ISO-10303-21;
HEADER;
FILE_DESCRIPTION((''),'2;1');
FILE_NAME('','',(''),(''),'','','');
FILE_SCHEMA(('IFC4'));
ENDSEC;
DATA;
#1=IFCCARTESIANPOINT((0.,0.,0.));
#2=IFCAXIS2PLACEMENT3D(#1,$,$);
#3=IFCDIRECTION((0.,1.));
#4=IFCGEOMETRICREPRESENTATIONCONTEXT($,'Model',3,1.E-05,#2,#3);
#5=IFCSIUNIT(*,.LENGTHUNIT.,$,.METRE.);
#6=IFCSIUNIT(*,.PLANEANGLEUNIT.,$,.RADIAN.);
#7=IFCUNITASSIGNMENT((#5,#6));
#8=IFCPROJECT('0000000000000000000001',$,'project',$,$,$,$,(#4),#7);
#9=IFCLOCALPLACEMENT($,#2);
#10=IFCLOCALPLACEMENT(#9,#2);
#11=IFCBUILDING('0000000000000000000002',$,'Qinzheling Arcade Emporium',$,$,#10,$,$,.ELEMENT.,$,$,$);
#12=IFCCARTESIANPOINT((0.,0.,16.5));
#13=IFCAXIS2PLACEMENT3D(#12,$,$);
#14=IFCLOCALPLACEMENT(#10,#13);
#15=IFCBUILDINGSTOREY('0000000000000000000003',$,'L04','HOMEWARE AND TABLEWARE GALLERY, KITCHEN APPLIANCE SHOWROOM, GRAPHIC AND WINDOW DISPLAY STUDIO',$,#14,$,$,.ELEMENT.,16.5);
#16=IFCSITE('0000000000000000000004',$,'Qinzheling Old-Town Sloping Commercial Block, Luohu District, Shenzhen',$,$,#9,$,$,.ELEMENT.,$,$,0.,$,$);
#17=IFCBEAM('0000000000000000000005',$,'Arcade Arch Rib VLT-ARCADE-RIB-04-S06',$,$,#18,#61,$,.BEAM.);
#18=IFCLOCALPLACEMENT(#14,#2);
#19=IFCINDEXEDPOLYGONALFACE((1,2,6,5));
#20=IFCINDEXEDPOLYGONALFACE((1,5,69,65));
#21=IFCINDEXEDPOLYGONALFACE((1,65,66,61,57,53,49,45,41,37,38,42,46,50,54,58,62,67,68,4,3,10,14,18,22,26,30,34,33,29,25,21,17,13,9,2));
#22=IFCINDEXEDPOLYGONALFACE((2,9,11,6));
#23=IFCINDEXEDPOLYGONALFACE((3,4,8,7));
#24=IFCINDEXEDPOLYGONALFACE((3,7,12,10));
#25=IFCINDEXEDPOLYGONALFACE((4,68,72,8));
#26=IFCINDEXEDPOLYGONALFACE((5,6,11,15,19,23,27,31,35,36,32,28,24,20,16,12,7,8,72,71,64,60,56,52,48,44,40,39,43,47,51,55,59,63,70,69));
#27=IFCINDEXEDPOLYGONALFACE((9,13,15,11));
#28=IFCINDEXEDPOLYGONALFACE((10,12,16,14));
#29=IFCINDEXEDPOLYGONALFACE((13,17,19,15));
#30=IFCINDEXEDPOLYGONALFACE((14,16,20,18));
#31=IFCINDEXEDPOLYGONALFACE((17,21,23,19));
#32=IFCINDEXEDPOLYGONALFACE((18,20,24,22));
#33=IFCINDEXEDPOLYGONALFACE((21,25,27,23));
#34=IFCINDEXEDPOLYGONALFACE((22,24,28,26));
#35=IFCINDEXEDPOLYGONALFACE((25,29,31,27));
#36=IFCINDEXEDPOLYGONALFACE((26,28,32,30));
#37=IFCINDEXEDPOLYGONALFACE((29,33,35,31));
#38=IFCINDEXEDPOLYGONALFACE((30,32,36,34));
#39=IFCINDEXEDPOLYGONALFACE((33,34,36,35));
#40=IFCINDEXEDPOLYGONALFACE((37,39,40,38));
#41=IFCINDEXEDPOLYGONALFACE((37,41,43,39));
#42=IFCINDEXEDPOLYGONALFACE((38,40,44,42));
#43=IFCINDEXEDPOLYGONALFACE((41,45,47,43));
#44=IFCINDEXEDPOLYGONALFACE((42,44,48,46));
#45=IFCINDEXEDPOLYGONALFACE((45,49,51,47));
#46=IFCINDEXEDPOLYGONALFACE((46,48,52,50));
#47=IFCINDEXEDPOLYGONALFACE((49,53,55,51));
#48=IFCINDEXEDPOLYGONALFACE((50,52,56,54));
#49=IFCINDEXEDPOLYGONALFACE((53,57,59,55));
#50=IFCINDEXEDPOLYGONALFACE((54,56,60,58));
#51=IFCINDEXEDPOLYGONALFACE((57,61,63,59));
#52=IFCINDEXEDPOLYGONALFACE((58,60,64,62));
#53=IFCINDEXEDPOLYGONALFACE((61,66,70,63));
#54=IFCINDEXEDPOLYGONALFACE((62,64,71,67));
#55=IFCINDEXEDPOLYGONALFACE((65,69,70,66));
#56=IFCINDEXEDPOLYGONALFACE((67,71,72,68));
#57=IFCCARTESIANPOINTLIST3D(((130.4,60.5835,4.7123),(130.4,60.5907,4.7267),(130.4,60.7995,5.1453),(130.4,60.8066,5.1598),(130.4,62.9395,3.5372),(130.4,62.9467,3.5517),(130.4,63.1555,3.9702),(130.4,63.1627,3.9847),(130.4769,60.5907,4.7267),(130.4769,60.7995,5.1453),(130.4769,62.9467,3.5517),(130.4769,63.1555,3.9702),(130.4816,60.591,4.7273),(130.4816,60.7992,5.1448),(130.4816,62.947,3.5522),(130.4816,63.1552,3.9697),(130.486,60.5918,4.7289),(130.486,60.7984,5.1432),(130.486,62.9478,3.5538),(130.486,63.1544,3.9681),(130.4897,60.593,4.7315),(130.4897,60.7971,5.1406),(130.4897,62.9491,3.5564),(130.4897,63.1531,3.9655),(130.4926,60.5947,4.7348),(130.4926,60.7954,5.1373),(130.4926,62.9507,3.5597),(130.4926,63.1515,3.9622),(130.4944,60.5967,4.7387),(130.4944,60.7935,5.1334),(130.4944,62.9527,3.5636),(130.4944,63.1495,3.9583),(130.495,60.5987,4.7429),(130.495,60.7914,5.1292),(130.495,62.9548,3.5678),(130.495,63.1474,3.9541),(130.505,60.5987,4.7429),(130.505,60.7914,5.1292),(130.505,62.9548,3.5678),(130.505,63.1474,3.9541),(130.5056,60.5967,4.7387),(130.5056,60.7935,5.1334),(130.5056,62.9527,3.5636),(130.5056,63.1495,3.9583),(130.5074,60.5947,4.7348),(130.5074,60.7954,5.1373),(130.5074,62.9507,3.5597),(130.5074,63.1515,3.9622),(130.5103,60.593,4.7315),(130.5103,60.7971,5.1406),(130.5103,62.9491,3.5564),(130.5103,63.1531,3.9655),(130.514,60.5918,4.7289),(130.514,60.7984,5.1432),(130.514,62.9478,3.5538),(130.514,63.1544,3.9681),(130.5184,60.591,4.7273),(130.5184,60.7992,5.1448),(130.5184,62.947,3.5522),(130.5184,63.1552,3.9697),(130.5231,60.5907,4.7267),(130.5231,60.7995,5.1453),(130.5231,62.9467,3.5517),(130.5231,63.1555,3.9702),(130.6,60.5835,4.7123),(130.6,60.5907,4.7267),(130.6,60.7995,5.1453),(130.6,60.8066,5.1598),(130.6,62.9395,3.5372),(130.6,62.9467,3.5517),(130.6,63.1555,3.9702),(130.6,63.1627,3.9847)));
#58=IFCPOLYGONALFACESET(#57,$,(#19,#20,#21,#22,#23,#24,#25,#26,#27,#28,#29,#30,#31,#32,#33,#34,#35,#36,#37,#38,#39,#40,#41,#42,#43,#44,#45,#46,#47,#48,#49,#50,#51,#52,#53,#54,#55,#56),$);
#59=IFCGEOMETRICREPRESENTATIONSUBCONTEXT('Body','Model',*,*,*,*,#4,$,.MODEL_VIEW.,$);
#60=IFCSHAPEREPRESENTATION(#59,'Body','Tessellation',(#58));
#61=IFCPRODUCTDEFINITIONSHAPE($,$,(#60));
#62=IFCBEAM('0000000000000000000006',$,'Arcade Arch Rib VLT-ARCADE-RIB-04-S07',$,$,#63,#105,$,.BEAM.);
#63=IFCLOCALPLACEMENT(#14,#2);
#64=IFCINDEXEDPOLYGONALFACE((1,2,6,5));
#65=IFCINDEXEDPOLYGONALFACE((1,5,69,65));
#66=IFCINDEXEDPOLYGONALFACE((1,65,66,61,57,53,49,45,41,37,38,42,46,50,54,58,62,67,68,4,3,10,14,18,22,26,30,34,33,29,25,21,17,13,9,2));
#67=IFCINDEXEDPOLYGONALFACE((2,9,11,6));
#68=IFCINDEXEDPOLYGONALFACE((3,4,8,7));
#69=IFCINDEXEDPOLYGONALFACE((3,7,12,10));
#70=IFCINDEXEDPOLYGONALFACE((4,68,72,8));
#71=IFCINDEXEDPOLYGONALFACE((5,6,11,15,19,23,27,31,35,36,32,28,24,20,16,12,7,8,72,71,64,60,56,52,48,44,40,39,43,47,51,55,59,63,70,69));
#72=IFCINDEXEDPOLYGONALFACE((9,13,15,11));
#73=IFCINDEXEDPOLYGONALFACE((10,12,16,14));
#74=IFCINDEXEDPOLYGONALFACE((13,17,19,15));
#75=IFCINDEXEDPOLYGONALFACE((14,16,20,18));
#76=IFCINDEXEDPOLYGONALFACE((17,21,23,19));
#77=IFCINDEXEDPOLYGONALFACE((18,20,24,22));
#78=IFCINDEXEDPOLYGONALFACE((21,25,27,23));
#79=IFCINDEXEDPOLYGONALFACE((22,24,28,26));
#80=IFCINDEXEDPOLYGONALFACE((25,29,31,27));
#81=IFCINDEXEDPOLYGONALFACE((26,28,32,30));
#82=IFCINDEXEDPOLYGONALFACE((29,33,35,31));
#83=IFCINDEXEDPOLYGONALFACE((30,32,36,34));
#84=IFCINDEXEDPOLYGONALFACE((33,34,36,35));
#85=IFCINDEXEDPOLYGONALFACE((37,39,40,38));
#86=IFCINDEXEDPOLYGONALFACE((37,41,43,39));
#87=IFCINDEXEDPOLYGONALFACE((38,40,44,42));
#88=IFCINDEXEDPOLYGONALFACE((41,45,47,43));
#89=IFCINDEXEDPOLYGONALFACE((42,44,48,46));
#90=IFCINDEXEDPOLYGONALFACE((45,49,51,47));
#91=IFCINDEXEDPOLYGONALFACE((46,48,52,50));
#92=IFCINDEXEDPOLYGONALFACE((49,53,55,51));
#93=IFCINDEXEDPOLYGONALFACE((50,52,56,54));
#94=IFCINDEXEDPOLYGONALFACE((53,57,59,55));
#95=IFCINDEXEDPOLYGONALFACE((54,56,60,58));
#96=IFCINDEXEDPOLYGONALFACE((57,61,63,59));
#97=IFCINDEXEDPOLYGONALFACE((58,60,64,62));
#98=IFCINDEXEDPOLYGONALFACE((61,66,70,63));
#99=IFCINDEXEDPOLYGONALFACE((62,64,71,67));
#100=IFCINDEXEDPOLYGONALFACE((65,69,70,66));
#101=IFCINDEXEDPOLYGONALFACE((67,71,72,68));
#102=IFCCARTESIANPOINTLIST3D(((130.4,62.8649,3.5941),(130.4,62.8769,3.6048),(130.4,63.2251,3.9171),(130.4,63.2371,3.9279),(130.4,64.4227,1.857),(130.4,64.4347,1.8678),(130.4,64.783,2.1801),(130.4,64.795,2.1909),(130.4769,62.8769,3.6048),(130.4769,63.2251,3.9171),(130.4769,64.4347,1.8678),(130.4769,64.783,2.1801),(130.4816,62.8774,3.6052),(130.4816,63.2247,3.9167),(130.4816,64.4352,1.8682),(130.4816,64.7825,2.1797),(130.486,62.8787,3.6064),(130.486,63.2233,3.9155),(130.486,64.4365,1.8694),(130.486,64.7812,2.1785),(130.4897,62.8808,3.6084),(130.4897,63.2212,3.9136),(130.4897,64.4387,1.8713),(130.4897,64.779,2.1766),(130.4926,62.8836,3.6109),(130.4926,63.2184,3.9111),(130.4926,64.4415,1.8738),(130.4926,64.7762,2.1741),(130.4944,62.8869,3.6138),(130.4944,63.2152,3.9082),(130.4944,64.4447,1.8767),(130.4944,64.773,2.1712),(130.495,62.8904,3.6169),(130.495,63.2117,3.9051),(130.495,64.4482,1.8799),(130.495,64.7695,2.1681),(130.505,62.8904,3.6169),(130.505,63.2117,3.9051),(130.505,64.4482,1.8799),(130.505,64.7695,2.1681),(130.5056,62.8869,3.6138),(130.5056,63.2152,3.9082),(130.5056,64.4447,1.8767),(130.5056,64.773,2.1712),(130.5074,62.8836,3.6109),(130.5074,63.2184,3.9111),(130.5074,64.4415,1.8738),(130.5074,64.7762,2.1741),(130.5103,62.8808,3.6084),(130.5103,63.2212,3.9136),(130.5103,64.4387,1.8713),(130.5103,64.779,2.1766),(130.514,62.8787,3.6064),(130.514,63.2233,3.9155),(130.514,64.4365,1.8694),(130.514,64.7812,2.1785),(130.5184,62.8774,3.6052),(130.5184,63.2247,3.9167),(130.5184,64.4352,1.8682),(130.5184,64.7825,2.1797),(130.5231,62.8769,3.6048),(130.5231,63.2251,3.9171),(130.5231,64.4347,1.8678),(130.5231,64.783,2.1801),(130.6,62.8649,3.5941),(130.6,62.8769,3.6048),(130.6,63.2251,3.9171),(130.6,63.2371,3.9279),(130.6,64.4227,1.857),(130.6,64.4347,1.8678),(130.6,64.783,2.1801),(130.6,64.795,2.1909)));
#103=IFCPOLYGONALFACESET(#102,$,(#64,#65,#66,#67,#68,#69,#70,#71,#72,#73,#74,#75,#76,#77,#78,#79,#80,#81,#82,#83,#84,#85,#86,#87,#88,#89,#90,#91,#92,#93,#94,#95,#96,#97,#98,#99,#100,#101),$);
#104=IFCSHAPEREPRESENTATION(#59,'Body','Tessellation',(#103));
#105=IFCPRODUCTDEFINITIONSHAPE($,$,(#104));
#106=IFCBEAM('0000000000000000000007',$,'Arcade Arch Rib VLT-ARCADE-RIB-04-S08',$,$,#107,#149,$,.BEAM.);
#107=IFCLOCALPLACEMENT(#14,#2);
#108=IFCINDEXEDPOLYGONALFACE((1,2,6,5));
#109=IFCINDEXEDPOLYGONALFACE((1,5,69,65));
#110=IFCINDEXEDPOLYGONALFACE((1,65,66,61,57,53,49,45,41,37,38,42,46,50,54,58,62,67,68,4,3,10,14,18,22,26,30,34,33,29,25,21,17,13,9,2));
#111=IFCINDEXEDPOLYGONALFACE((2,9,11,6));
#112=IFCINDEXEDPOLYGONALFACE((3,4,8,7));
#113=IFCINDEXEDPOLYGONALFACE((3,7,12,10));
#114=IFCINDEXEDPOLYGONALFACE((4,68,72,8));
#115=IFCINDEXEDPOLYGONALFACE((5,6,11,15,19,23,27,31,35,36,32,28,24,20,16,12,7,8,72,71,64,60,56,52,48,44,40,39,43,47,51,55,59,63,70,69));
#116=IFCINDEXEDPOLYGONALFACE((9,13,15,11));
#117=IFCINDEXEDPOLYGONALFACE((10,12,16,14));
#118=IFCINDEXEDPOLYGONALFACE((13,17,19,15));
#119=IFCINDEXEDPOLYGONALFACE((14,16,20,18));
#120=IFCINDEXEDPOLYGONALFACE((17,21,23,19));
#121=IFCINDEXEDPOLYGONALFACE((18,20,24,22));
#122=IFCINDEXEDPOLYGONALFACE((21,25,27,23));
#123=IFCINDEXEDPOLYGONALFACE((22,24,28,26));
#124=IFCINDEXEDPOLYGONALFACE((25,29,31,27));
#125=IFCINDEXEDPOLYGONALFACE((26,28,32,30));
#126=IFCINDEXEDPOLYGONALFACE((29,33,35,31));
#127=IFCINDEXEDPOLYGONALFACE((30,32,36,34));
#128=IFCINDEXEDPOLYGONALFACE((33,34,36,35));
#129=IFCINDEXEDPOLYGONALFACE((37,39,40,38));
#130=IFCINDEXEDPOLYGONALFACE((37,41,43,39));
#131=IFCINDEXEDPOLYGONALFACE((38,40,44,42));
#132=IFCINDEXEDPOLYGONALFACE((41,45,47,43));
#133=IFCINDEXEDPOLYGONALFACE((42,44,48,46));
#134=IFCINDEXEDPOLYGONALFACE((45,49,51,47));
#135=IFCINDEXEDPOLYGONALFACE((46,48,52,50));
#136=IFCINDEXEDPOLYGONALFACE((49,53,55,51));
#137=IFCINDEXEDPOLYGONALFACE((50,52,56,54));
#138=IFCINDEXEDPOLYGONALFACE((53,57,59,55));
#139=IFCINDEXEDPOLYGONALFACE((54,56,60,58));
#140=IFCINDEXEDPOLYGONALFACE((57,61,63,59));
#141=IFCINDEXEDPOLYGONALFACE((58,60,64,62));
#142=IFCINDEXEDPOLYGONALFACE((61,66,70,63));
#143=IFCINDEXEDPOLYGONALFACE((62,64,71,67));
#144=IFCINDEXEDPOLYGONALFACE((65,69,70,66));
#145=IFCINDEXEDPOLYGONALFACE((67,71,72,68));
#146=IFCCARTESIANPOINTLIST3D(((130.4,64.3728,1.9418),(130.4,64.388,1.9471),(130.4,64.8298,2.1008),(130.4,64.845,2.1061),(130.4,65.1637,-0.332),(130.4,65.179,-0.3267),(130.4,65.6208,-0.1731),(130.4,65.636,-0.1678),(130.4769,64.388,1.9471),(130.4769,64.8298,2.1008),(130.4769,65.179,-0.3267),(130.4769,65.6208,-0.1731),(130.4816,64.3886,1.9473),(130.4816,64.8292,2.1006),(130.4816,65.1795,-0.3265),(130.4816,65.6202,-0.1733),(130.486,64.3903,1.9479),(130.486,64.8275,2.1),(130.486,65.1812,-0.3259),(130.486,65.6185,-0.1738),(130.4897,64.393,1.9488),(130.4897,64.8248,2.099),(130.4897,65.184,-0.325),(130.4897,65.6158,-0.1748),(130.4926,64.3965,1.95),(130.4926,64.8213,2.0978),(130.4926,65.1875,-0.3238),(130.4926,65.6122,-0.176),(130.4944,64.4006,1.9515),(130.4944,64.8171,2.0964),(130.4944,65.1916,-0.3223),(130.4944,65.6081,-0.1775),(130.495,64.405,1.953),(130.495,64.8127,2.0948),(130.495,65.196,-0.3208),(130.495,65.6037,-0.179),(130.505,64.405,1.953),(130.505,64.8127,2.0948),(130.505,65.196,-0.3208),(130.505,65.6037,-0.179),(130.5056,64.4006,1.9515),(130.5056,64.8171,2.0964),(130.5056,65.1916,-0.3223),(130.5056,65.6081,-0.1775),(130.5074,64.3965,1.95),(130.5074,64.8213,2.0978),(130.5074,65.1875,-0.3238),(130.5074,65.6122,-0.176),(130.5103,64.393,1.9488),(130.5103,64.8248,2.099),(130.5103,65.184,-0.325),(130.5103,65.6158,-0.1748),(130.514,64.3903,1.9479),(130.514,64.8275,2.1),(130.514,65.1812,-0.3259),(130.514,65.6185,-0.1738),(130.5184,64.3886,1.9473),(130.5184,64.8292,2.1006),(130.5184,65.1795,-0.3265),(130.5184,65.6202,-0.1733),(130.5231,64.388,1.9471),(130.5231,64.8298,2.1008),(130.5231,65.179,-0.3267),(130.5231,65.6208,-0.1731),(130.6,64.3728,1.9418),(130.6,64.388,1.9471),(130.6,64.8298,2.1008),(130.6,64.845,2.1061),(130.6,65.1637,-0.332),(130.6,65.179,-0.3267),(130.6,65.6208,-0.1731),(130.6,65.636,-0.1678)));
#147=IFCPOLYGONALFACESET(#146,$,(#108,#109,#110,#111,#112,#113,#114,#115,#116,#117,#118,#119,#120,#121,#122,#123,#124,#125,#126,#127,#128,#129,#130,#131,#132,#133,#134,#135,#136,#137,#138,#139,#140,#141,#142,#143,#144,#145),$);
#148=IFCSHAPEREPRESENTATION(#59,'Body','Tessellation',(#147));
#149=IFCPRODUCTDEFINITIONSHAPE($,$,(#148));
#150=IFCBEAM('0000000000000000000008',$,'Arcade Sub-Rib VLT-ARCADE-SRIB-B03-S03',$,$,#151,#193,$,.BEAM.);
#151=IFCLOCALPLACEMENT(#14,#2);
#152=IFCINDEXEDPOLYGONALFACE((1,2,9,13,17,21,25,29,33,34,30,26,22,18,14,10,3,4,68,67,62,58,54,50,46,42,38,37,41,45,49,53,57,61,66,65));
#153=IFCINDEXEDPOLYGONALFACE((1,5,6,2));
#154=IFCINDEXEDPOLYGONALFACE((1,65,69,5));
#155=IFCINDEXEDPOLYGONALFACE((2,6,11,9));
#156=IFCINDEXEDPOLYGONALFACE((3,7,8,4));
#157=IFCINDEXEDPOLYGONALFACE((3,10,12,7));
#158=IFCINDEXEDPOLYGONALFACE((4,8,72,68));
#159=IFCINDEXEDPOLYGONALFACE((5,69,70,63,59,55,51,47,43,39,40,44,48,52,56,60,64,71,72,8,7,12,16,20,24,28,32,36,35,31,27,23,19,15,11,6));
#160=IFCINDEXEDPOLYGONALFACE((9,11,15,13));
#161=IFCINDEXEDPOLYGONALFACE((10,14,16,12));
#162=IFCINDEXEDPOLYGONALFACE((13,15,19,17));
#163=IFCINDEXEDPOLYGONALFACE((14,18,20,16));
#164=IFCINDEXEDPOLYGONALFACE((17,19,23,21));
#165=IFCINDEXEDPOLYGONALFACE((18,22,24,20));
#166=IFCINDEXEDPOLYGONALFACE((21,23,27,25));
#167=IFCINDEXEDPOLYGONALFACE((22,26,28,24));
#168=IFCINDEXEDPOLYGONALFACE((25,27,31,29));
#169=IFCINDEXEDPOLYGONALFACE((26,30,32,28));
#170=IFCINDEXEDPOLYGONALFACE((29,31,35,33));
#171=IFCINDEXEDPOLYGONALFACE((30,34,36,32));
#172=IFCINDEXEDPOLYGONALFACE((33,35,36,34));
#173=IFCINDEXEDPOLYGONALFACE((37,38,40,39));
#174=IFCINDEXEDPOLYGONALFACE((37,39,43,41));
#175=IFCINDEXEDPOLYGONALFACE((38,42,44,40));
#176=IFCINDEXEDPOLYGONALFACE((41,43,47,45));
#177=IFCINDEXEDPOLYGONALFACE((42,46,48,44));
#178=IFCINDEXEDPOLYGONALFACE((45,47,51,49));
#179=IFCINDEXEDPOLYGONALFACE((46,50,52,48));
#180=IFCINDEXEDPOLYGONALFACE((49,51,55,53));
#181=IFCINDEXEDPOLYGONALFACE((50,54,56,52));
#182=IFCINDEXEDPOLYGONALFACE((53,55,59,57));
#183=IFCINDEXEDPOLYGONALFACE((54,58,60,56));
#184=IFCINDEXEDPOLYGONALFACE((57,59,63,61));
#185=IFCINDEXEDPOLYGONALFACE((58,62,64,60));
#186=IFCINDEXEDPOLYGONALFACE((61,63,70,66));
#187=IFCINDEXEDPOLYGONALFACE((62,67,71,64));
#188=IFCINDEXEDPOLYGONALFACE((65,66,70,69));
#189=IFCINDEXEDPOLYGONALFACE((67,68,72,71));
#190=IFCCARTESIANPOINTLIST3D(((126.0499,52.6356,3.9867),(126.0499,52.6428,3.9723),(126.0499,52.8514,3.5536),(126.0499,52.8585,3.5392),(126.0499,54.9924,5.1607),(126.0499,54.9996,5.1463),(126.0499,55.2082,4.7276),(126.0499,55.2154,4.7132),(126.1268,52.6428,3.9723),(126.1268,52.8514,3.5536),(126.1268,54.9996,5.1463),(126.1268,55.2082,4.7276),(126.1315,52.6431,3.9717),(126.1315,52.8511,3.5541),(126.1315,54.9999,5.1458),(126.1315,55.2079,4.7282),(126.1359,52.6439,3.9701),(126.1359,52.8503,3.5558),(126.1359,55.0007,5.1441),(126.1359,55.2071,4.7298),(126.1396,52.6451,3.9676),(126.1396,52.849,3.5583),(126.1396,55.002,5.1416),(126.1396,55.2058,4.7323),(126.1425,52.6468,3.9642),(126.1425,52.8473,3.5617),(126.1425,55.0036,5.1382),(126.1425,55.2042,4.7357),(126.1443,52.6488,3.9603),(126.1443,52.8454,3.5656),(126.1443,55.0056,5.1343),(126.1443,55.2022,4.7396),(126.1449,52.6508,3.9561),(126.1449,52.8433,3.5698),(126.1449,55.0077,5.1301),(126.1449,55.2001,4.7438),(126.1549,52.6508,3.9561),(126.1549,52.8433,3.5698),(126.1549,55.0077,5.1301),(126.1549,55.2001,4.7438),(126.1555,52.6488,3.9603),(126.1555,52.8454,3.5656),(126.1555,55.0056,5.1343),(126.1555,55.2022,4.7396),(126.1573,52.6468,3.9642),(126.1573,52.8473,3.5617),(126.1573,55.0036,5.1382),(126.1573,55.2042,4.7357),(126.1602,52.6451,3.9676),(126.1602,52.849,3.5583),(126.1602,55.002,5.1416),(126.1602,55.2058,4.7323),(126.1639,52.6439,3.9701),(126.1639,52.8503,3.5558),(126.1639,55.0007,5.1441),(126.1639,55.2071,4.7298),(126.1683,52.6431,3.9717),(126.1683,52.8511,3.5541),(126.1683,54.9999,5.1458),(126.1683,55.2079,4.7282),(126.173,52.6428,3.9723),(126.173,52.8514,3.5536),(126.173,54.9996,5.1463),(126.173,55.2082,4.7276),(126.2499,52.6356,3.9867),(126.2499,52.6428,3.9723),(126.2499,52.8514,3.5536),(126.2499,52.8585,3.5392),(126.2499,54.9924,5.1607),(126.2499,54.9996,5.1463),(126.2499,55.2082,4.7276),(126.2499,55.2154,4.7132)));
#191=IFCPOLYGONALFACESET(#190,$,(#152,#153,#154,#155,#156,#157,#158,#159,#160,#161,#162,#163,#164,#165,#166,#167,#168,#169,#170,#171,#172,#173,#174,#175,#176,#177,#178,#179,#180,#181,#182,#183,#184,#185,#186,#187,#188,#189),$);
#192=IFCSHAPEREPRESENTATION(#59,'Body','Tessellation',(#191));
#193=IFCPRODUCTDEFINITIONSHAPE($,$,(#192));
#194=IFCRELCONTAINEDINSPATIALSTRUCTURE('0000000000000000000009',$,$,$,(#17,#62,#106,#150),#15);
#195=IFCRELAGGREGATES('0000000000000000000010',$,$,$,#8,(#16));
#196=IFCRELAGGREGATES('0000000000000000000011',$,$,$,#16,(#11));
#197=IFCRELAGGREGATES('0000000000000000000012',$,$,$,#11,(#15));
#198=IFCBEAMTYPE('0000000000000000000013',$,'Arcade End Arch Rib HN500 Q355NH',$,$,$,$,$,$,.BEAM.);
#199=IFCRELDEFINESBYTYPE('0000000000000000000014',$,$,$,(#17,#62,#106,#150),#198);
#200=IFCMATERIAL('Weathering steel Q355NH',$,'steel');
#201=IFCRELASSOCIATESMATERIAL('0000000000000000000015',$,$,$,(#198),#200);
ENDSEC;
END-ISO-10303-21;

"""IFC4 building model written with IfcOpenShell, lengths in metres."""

from ifc_helpers import new_model, si_unit, direction, frame, origin, origin_2d, place, context, subcontext, project, spatial, i_section, extrude, material, material_profile, profile_set, type_object, element, save


model = new_model("IFC4")

# Units and contexts
model_context = context("Model", 3, precision=1e-05, world=origin(), true_north=direction((0.0, 1.0)))
body_context = subcontext(model_context, "Body", "Model", "MODEL_VIEW")
ifc_project = project(units=[si_unit("LENGTHUNIT", "METRE"), si_unit("PLANEANGLEUNIT", "RADIAN")], contexts=[model_context])

# Site, building, storey
site_placement = place(None, origin())
site = spatial("IfcSite", under=ifc_project, at=site_placement, Name="Qinzheling Old-Town Sloping Commercial Block, Luohu District, Shenzhen", CompositionType="ELEMENT", RefElevation=0.0)
building_placement = place(site_placement, origin())
building = spatial("IfcBuilding", under=site, at=building_placement, Name="Qinzheling Arcade Emporium", CompositionType="ELEMENT")
storey_placement = place(building_placement, frame((0.0, 0.0, 16.5)))
storey = spatial("IfcBuildingStorey", under=building, at=storey_placement, Name="L04", Description="HOMEWARE AND TABLEWARE GALLERY, KITCHEN APPLIANCE SHOWROOM, GRAPHIC AND WINDOW DISPLAY STUDIO", CompositionType="ELEMENT", Elevation=16.5)

# Beams
ifc_material_1 = material(Name="Weathering steel Q355NH", Category="steel")
ifc_material_profile_1 = material_profile(ifc_material_1, i_section(OverallWidth=0.2, OverallDepth=0.5, WebThickness=0.01, FlangeThickness=0.0161, FilletRadius=0.0181, at=origin_2d()), Name="HN 500x200x10x16", Category="steel")
ifc_profile_set_1 = profile_set([ifc_material_profile_1], Name="Weathering steel Q355NH")
beam_type_1 = type_object("IfcBeamType", Name="Arcade End Arch Rib HN500 Q355NH", PredefinedType="BEAM", material=ifc_profile_set_1)
beam_1_placement = place(storey_placement, frame((130.5, 60.6951, 4.936), z_axis=(0.0, 0.894872, -0.446323), x_axis=(-1.0, 0.0, 0.0)))
element("IfcBeam", 1, at=beam_1_placement, inside=storey, type_object=beam_type_1, Name="Arcade Arch Rib VLT-ARCADE-RIB-04-S06", PredefinedType="BEAM", context=body_context, shape_type="SweptSolid", body=[
    extrude(i_section(OverallWidth=0.2, OverallDepth=0.5, WebThickness=0.01, FlangeThickness=0.0161, FilletRadius=0.0181, at=origin_2d()), origin(), (0.0, 0.0, 1.0), 2.6328),
])
beam_2_placement = place(storey_placement, frame((130.5, 63.051, 3.761), z_axis=(0.0, 0.667663, -0.744464), x_axis=(-1.0, 0.0, 0.0)))
element("IfcBeam", 2, at=beam_2_placement, inside=storey, type_object=beam_type_1, Name="Arcade Arch Rib VLT-ARCADE-RIB-04-S07", PredefinedType="BEAM", context=body_context, shape_type="SweptSolid", body=[
    extrude(i_section(OverallWidth=0.2, OverallDepth=0.5, WebThickness=0.01, FlangeThickness=0.0161, FilletRadius=0.0181, at=origin_2d()), origin(), (0.0, 0.0, 1.0), 2.3333),
])
beam_3_placement = place(storey_placement, frame((130.5, 64.6089, 2.0239), z_axis=(0.0, 0.328552, -0.944486), x_axis=(-1.0, 0.0, 0.0)))
element("IfcBeam", 3, at=beam_3_placement, inside=storey, type_object=beam_type_1, Name="Arcade Arch Rib VLT-ARCADE-RIB-04-S08", PredefinedType="BEAM", context=body_context, shape_type="SweptSolid", body=[
    extrude(i_section(OverallWidth=0.2, OverallDepth=0.5, WebThickness=0.01, FlangeThickness=0.0161, FilletRadius=0.0181, at=origin_2d()), origin(), (0.0, 0.0, 1.0), 2.4075),
])
beam_4_placement = place(storey_placement, frame((126.1499, 52.7471, 3.7629), z_axis=(0.0, 0.895094, 0.445878), x_axis=(-1.0, 0.0, 0.0)))
element("IfcBeam", 4, at=beam_4_placement, inside=storey, type_object=beam_type_1, Name="Arcade Sub-Rib VLT-ARCADE-SRIB-B03-S03", PredefinedType="BEAM", context=body_context, shape_type="SweptSolid", body=[
    extrude(i_section(OverallWidth=0.2, OverallDepth=0.5, WebThickness=0.01, FlangeThickness=0.0161, FilletRadius=0.0181, at=origin_2d()), origin(), (0.0, 0.0, 1.0), 2.6331),
])

save(model, "model.ifc")
